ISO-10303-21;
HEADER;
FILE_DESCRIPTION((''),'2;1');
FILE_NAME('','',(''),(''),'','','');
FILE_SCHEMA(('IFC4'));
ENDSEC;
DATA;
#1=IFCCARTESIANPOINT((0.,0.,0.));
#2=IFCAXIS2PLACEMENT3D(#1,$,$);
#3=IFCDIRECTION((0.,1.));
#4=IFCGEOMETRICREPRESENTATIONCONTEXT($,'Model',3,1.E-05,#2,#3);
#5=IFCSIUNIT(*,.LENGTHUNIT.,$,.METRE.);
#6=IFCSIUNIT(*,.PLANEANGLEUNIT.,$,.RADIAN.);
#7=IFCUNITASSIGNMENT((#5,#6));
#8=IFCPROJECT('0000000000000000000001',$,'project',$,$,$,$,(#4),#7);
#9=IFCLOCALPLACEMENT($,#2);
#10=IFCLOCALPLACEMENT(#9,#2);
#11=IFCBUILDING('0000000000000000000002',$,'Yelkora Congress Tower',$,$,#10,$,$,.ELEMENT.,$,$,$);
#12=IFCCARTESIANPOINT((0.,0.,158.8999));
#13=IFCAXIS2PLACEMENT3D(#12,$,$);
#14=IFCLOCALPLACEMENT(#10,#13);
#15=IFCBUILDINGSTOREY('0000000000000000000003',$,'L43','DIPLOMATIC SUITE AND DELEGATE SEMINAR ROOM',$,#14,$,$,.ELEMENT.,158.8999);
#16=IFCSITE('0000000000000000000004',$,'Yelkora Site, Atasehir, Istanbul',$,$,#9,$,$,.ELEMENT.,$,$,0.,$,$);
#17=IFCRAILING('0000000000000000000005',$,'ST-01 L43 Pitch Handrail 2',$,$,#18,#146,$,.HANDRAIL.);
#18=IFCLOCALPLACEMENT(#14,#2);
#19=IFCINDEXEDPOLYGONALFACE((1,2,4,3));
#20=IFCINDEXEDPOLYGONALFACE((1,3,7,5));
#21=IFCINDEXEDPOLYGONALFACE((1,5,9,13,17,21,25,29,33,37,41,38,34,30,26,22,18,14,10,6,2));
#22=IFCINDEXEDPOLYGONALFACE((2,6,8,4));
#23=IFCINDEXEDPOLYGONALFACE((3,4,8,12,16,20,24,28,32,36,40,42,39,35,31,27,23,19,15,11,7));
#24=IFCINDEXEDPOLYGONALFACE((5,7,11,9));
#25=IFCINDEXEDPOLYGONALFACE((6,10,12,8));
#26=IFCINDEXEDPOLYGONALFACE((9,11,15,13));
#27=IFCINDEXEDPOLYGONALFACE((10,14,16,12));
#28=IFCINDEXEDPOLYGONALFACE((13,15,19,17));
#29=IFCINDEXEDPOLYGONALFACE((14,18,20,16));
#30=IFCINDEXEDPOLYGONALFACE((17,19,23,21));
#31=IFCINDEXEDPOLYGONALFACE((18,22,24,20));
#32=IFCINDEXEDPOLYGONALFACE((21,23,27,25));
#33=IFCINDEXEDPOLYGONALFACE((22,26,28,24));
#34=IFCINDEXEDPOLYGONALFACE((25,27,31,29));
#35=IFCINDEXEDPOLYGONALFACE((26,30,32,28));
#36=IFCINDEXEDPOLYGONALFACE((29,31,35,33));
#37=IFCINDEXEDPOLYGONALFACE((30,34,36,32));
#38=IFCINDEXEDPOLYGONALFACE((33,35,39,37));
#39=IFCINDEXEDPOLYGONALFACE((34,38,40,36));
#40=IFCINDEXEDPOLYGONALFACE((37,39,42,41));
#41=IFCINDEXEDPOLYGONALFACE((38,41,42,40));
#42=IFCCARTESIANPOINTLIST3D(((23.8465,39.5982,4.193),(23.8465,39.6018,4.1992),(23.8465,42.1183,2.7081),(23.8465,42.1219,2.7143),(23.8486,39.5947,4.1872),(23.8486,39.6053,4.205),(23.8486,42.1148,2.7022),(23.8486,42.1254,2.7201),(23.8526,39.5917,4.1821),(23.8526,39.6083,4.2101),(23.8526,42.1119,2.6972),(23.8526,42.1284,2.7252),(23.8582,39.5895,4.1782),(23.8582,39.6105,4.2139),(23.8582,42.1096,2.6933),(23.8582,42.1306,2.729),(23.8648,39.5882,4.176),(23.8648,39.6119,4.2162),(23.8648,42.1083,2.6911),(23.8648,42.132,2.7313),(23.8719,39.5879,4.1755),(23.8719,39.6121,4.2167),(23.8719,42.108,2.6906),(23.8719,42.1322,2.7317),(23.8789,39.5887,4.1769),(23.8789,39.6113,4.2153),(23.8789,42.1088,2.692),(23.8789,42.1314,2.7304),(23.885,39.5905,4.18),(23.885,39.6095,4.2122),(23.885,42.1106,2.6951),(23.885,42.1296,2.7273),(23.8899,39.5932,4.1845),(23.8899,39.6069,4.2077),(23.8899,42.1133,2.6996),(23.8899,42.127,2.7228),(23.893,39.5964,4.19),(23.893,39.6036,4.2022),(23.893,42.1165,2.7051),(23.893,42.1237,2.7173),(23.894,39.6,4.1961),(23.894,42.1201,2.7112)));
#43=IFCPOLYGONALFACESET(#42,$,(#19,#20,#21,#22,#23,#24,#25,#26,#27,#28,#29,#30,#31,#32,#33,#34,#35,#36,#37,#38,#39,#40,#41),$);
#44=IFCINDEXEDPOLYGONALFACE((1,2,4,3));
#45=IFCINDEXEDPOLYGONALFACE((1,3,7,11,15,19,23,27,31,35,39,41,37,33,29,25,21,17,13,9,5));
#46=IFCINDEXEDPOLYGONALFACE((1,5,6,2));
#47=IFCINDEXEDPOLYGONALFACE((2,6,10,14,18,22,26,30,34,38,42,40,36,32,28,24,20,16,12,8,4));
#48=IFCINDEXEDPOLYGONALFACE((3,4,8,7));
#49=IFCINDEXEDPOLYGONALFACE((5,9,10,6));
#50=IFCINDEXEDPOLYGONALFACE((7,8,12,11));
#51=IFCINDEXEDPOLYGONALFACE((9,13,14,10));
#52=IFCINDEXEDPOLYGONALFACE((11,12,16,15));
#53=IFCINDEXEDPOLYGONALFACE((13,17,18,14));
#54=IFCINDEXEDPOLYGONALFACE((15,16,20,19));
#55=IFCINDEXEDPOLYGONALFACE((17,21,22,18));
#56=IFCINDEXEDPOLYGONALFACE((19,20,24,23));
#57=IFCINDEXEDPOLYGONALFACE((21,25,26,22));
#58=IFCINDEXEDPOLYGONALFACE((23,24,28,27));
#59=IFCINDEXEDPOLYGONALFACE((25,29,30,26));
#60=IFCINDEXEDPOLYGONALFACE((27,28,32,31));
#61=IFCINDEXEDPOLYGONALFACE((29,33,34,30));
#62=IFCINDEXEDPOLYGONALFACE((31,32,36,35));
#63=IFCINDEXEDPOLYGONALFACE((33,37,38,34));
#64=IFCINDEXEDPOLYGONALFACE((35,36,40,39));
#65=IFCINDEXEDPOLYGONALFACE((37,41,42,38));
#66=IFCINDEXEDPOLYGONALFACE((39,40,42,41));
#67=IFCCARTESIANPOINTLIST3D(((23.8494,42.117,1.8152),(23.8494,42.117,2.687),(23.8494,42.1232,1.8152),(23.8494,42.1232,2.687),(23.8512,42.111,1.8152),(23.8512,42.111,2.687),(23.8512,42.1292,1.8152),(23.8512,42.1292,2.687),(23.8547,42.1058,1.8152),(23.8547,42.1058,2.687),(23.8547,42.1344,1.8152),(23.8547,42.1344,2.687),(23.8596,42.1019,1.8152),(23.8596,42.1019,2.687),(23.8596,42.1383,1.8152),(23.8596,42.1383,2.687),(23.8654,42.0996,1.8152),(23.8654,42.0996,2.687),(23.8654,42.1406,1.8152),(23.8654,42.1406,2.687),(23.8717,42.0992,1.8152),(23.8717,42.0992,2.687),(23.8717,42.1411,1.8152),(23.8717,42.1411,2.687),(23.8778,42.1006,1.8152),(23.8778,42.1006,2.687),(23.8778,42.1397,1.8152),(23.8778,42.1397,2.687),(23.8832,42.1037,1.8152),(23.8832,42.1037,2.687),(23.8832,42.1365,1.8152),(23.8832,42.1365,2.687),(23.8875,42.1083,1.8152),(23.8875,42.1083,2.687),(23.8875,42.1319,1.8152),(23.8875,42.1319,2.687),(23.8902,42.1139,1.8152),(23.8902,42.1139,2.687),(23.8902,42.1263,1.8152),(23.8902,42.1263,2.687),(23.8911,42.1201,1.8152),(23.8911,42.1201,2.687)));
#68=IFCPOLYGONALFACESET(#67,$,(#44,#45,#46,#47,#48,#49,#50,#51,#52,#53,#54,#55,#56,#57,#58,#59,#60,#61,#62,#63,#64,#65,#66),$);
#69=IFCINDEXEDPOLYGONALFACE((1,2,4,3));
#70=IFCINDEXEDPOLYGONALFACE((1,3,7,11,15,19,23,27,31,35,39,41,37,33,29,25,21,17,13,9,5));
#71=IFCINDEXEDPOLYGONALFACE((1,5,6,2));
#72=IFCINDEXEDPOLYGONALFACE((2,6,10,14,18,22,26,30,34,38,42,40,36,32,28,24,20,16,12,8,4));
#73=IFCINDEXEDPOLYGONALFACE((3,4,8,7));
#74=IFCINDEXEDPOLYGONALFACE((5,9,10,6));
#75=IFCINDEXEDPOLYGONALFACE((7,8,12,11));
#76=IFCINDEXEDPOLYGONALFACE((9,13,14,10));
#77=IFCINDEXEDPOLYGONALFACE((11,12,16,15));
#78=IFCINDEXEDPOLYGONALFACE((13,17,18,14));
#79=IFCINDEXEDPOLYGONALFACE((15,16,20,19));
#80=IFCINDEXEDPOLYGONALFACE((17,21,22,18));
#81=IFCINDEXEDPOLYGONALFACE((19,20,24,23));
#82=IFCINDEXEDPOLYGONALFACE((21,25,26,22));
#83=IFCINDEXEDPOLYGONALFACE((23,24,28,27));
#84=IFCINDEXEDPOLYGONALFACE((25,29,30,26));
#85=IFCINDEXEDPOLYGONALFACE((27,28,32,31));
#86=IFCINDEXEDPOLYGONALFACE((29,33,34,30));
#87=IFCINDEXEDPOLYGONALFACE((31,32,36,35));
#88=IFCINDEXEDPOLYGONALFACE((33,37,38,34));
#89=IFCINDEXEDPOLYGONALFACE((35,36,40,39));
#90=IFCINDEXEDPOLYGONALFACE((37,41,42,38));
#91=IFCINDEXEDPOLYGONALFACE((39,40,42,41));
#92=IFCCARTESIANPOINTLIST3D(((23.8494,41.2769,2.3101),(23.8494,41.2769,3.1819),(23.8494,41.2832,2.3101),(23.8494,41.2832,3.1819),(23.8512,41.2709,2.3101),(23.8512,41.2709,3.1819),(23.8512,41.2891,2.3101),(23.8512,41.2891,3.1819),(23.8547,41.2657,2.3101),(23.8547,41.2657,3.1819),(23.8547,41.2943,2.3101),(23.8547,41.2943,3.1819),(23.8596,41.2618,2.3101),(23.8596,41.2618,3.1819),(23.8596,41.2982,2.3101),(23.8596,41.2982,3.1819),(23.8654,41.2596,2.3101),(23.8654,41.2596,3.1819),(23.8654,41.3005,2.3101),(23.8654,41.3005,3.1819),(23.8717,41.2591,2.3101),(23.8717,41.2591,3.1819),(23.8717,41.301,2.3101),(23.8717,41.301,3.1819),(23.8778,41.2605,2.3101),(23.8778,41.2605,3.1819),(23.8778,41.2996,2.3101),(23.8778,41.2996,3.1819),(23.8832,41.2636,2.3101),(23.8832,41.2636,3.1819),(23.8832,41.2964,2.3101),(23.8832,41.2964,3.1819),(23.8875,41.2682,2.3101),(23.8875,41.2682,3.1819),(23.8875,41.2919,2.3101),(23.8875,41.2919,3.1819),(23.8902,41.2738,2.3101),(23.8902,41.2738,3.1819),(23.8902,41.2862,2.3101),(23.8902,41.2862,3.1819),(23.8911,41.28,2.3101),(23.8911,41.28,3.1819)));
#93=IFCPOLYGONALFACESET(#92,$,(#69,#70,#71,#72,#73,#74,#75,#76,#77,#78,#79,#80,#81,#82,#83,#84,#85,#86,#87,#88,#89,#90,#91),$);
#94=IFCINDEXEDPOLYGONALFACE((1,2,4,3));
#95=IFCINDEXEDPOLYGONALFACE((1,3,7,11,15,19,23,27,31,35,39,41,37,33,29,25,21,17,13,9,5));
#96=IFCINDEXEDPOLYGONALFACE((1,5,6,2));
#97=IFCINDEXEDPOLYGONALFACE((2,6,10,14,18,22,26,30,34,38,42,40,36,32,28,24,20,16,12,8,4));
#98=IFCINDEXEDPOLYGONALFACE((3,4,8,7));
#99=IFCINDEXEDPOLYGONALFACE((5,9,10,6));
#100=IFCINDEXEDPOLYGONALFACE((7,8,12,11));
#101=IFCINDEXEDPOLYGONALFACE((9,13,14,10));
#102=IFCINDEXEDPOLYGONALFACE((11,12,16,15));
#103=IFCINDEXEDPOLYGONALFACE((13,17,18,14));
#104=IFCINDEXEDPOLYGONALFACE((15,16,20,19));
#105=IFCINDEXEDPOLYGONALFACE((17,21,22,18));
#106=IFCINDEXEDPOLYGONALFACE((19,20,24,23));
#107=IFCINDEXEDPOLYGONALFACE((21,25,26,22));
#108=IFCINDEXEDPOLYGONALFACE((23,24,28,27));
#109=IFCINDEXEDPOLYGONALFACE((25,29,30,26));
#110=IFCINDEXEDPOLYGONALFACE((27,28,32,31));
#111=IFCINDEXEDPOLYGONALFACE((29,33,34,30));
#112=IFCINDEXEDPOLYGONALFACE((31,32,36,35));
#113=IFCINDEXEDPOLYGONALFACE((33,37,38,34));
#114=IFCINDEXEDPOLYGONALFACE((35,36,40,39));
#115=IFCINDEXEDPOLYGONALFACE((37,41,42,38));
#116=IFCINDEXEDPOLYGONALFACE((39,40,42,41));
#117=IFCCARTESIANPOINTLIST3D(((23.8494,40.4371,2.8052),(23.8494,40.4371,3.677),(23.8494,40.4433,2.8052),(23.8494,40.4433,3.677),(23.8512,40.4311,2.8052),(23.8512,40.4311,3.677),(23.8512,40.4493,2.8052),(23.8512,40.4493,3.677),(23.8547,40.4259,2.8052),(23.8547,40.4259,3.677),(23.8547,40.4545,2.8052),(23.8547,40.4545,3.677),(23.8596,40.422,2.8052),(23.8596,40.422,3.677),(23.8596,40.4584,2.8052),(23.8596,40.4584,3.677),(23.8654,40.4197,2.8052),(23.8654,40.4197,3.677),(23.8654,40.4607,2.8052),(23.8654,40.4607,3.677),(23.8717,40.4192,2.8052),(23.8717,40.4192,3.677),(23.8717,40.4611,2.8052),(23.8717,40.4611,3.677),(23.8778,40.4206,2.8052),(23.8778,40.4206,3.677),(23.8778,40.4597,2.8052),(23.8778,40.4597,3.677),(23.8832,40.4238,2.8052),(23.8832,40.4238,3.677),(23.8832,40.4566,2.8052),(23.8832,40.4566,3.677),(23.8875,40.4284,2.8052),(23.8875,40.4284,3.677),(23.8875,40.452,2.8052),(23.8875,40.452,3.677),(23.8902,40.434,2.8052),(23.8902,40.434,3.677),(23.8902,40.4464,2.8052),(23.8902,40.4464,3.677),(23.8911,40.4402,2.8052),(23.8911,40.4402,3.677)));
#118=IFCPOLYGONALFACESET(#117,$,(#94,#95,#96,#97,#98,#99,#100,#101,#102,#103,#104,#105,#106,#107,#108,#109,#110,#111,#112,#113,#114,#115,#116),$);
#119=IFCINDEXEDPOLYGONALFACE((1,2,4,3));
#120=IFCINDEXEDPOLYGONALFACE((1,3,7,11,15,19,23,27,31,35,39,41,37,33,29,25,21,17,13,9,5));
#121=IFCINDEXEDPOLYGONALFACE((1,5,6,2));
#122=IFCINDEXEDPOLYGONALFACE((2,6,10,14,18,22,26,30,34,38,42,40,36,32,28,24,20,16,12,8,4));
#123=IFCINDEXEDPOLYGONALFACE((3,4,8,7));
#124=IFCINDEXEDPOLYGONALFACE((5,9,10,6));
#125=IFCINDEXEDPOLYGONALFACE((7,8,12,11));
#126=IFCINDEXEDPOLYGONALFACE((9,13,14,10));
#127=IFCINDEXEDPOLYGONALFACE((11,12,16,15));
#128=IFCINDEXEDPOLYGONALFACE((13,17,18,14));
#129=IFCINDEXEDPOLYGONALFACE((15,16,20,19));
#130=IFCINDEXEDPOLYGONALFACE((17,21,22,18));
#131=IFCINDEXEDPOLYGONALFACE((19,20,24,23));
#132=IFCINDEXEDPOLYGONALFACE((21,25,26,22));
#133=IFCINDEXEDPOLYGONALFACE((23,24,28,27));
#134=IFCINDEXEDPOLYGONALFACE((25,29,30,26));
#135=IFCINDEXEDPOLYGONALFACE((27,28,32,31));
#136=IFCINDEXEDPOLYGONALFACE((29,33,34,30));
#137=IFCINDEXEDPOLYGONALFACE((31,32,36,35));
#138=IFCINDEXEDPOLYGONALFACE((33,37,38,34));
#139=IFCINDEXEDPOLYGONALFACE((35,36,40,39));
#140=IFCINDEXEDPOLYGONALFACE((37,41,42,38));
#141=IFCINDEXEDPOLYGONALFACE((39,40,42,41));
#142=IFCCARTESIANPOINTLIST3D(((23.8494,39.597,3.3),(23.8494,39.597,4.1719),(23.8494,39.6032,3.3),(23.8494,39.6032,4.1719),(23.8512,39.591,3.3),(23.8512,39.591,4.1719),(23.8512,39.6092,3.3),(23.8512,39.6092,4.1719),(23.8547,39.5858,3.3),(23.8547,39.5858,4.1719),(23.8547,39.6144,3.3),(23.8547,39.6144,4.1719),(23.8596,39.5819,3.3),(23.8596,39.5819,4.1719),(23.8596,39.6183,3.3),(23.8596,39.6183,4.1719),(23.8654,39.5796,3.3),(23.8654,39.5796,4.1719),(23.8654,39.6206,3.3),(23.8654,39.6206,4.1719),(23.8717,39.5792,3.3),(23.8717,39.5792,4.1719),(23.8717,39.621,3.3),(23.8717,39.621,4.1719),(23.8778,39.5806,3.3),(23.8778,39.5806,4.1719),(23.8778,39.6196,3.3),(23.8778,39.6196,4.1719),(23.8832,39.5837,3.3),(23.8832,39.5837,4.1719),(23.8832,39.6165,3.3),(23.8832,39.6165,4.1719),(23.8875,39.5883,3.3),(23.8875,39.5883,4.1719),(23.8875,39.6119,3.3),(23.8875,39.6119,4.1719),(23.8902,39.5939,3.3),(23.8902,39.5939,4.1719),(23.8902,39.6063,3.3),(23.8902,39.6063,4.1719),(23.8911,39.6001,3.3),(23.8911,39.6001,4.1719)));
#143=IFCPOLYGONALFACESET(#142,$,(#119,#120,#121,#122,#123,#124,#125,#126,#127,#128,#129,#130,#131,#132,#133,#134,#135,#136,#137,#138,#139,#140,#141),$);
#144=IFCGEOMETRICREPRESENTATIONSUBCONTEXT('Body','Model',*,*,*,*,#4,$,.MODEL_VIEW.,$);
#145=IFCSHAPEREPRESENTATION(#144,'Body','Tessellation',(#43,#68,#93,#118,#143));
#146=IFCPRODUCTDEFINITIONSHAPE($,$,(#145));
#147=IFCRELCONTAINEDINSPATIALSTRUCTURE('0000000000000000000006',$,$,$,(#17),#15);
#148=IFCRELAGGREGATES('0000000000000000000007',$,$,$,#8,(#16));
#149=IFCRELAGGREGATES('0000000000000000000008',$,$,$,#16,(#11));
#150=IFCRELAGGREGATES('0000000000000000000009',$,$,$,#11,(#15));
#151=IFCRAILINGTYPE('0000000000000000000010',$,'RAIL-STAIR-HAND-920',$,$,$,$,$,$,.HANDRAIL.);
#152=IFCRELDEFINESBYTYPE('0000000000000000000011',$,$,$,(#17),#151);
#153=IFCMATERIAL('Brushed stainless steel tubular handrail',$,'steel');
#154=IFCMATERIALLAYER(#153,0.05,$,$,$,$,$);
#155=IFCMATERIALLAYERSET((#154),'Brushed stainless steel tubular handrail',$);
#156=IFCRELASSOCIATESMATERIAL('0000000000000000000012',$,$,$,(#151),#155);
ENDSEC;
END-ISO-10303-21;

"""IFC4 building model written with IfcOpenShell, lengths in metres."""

from ifc_helpers import new_model, si_unit, direction, frame, origin, origin_2d, place, context, subcontext, project, spatial, circle, extrude, material, layer, layer_set, type_object, element, save


model = new_model("IFC4")

# Units and contexts
model_context = context("Model", 3, precision=1e-05, world=origin(), true_north=direction((0.0, 1.0)))
body_context = subcontext(model_context, "Body", "Model", "MODEL_VIEW")
ifc_project = project(units=[si_unit("LENGTHUNIT", "METRE"), si_unit("PLANEANGLEUNIT", "RADIAN")], contexts=[model_context])

# Site, building, storey
site_placement = place(None, origin())
site = spatial("IfcSite", under=ifc_project, at=site_placement, Name="Yelkora Site, Atasehir, Istanbul", CompositionType="ELEMENT", RefElevation=0.0)
building_placement = place(site_placement, origin())
building = spatial("IfcBuilding", under=site, at=building_placement, Name="Yelkora Congress Tower", CompositionType="ELEMENT")
storey_placement = place(building_placement, frame((0.0, 0.0, 158.8999)))
storey = spatial("IfcBuildingStorey", under=building, at=storey_placement, Name="L43", Description="DIPLOMATIC SUITE AND DELEGATE SEMINAR ROOM", CompositionType="ELEMENT", Elevation=158.8999)

# Railing
ifc_material_1 = material(Name="Brushed stainless steel tubular handrail", Category="steel")
ifc_layer_1 = layer(ifc_material_1, 0.05)
ifc_layer_set_1 = layer_set([ifc_layer_1], Name="Brushed stainless steel tubular handrail")
railing_type_1 = type_object("IfcRailingType", Name="RAIL-STAIR-HAND-920", PredefinedType="HANDRAIL", material=ifc_layer_set_1)
railing_1_placement = place(storey_placement, frame((23.8701, 42.1201, 1.8152)))
element("IfcRailing", 1, at=railing_1_placement, inside=storey, type_object=railing_type_1, Name="ST-01 L43 Pitch Handrail 2", PredefinedType="HANDRAIL", context=body_context, shape_type="SweptSolid", body=[
    extrude(circle(Radius=0.0239, at=origin_2d()), frame((0.0, 0.0, 0.896), z_axis=(0.0, -0.861561, 0.507655), x_axis=(1.0, 0.0, 0.0)), (0.0, 0.0, 1.0), 2.925),
    extrude(circle(Radius=0.021, at=origin_2d()), origin(), (0.0, 0.0, 1.0), 0.8718),
    extrude(circle(Radius=0.021, at=origin_2d()), frame((0.0, -0.8401, 0.4949)), (0.0, 0.0, 1.0), 0.8718),
    extrude(circle(Radius=0.021, at=origin_2d()), frame((0.0, -1.6799, 0.99)), (0.0, 0.0, 1.0), 0.8718),
    extrude(circle(Radius=0.021, at=origin_2d()), frame((0.0, -2.52, 1.4849)), (0.0, 0.0, 1.0), 0.8718),
])

save(model, "model.ifc")
